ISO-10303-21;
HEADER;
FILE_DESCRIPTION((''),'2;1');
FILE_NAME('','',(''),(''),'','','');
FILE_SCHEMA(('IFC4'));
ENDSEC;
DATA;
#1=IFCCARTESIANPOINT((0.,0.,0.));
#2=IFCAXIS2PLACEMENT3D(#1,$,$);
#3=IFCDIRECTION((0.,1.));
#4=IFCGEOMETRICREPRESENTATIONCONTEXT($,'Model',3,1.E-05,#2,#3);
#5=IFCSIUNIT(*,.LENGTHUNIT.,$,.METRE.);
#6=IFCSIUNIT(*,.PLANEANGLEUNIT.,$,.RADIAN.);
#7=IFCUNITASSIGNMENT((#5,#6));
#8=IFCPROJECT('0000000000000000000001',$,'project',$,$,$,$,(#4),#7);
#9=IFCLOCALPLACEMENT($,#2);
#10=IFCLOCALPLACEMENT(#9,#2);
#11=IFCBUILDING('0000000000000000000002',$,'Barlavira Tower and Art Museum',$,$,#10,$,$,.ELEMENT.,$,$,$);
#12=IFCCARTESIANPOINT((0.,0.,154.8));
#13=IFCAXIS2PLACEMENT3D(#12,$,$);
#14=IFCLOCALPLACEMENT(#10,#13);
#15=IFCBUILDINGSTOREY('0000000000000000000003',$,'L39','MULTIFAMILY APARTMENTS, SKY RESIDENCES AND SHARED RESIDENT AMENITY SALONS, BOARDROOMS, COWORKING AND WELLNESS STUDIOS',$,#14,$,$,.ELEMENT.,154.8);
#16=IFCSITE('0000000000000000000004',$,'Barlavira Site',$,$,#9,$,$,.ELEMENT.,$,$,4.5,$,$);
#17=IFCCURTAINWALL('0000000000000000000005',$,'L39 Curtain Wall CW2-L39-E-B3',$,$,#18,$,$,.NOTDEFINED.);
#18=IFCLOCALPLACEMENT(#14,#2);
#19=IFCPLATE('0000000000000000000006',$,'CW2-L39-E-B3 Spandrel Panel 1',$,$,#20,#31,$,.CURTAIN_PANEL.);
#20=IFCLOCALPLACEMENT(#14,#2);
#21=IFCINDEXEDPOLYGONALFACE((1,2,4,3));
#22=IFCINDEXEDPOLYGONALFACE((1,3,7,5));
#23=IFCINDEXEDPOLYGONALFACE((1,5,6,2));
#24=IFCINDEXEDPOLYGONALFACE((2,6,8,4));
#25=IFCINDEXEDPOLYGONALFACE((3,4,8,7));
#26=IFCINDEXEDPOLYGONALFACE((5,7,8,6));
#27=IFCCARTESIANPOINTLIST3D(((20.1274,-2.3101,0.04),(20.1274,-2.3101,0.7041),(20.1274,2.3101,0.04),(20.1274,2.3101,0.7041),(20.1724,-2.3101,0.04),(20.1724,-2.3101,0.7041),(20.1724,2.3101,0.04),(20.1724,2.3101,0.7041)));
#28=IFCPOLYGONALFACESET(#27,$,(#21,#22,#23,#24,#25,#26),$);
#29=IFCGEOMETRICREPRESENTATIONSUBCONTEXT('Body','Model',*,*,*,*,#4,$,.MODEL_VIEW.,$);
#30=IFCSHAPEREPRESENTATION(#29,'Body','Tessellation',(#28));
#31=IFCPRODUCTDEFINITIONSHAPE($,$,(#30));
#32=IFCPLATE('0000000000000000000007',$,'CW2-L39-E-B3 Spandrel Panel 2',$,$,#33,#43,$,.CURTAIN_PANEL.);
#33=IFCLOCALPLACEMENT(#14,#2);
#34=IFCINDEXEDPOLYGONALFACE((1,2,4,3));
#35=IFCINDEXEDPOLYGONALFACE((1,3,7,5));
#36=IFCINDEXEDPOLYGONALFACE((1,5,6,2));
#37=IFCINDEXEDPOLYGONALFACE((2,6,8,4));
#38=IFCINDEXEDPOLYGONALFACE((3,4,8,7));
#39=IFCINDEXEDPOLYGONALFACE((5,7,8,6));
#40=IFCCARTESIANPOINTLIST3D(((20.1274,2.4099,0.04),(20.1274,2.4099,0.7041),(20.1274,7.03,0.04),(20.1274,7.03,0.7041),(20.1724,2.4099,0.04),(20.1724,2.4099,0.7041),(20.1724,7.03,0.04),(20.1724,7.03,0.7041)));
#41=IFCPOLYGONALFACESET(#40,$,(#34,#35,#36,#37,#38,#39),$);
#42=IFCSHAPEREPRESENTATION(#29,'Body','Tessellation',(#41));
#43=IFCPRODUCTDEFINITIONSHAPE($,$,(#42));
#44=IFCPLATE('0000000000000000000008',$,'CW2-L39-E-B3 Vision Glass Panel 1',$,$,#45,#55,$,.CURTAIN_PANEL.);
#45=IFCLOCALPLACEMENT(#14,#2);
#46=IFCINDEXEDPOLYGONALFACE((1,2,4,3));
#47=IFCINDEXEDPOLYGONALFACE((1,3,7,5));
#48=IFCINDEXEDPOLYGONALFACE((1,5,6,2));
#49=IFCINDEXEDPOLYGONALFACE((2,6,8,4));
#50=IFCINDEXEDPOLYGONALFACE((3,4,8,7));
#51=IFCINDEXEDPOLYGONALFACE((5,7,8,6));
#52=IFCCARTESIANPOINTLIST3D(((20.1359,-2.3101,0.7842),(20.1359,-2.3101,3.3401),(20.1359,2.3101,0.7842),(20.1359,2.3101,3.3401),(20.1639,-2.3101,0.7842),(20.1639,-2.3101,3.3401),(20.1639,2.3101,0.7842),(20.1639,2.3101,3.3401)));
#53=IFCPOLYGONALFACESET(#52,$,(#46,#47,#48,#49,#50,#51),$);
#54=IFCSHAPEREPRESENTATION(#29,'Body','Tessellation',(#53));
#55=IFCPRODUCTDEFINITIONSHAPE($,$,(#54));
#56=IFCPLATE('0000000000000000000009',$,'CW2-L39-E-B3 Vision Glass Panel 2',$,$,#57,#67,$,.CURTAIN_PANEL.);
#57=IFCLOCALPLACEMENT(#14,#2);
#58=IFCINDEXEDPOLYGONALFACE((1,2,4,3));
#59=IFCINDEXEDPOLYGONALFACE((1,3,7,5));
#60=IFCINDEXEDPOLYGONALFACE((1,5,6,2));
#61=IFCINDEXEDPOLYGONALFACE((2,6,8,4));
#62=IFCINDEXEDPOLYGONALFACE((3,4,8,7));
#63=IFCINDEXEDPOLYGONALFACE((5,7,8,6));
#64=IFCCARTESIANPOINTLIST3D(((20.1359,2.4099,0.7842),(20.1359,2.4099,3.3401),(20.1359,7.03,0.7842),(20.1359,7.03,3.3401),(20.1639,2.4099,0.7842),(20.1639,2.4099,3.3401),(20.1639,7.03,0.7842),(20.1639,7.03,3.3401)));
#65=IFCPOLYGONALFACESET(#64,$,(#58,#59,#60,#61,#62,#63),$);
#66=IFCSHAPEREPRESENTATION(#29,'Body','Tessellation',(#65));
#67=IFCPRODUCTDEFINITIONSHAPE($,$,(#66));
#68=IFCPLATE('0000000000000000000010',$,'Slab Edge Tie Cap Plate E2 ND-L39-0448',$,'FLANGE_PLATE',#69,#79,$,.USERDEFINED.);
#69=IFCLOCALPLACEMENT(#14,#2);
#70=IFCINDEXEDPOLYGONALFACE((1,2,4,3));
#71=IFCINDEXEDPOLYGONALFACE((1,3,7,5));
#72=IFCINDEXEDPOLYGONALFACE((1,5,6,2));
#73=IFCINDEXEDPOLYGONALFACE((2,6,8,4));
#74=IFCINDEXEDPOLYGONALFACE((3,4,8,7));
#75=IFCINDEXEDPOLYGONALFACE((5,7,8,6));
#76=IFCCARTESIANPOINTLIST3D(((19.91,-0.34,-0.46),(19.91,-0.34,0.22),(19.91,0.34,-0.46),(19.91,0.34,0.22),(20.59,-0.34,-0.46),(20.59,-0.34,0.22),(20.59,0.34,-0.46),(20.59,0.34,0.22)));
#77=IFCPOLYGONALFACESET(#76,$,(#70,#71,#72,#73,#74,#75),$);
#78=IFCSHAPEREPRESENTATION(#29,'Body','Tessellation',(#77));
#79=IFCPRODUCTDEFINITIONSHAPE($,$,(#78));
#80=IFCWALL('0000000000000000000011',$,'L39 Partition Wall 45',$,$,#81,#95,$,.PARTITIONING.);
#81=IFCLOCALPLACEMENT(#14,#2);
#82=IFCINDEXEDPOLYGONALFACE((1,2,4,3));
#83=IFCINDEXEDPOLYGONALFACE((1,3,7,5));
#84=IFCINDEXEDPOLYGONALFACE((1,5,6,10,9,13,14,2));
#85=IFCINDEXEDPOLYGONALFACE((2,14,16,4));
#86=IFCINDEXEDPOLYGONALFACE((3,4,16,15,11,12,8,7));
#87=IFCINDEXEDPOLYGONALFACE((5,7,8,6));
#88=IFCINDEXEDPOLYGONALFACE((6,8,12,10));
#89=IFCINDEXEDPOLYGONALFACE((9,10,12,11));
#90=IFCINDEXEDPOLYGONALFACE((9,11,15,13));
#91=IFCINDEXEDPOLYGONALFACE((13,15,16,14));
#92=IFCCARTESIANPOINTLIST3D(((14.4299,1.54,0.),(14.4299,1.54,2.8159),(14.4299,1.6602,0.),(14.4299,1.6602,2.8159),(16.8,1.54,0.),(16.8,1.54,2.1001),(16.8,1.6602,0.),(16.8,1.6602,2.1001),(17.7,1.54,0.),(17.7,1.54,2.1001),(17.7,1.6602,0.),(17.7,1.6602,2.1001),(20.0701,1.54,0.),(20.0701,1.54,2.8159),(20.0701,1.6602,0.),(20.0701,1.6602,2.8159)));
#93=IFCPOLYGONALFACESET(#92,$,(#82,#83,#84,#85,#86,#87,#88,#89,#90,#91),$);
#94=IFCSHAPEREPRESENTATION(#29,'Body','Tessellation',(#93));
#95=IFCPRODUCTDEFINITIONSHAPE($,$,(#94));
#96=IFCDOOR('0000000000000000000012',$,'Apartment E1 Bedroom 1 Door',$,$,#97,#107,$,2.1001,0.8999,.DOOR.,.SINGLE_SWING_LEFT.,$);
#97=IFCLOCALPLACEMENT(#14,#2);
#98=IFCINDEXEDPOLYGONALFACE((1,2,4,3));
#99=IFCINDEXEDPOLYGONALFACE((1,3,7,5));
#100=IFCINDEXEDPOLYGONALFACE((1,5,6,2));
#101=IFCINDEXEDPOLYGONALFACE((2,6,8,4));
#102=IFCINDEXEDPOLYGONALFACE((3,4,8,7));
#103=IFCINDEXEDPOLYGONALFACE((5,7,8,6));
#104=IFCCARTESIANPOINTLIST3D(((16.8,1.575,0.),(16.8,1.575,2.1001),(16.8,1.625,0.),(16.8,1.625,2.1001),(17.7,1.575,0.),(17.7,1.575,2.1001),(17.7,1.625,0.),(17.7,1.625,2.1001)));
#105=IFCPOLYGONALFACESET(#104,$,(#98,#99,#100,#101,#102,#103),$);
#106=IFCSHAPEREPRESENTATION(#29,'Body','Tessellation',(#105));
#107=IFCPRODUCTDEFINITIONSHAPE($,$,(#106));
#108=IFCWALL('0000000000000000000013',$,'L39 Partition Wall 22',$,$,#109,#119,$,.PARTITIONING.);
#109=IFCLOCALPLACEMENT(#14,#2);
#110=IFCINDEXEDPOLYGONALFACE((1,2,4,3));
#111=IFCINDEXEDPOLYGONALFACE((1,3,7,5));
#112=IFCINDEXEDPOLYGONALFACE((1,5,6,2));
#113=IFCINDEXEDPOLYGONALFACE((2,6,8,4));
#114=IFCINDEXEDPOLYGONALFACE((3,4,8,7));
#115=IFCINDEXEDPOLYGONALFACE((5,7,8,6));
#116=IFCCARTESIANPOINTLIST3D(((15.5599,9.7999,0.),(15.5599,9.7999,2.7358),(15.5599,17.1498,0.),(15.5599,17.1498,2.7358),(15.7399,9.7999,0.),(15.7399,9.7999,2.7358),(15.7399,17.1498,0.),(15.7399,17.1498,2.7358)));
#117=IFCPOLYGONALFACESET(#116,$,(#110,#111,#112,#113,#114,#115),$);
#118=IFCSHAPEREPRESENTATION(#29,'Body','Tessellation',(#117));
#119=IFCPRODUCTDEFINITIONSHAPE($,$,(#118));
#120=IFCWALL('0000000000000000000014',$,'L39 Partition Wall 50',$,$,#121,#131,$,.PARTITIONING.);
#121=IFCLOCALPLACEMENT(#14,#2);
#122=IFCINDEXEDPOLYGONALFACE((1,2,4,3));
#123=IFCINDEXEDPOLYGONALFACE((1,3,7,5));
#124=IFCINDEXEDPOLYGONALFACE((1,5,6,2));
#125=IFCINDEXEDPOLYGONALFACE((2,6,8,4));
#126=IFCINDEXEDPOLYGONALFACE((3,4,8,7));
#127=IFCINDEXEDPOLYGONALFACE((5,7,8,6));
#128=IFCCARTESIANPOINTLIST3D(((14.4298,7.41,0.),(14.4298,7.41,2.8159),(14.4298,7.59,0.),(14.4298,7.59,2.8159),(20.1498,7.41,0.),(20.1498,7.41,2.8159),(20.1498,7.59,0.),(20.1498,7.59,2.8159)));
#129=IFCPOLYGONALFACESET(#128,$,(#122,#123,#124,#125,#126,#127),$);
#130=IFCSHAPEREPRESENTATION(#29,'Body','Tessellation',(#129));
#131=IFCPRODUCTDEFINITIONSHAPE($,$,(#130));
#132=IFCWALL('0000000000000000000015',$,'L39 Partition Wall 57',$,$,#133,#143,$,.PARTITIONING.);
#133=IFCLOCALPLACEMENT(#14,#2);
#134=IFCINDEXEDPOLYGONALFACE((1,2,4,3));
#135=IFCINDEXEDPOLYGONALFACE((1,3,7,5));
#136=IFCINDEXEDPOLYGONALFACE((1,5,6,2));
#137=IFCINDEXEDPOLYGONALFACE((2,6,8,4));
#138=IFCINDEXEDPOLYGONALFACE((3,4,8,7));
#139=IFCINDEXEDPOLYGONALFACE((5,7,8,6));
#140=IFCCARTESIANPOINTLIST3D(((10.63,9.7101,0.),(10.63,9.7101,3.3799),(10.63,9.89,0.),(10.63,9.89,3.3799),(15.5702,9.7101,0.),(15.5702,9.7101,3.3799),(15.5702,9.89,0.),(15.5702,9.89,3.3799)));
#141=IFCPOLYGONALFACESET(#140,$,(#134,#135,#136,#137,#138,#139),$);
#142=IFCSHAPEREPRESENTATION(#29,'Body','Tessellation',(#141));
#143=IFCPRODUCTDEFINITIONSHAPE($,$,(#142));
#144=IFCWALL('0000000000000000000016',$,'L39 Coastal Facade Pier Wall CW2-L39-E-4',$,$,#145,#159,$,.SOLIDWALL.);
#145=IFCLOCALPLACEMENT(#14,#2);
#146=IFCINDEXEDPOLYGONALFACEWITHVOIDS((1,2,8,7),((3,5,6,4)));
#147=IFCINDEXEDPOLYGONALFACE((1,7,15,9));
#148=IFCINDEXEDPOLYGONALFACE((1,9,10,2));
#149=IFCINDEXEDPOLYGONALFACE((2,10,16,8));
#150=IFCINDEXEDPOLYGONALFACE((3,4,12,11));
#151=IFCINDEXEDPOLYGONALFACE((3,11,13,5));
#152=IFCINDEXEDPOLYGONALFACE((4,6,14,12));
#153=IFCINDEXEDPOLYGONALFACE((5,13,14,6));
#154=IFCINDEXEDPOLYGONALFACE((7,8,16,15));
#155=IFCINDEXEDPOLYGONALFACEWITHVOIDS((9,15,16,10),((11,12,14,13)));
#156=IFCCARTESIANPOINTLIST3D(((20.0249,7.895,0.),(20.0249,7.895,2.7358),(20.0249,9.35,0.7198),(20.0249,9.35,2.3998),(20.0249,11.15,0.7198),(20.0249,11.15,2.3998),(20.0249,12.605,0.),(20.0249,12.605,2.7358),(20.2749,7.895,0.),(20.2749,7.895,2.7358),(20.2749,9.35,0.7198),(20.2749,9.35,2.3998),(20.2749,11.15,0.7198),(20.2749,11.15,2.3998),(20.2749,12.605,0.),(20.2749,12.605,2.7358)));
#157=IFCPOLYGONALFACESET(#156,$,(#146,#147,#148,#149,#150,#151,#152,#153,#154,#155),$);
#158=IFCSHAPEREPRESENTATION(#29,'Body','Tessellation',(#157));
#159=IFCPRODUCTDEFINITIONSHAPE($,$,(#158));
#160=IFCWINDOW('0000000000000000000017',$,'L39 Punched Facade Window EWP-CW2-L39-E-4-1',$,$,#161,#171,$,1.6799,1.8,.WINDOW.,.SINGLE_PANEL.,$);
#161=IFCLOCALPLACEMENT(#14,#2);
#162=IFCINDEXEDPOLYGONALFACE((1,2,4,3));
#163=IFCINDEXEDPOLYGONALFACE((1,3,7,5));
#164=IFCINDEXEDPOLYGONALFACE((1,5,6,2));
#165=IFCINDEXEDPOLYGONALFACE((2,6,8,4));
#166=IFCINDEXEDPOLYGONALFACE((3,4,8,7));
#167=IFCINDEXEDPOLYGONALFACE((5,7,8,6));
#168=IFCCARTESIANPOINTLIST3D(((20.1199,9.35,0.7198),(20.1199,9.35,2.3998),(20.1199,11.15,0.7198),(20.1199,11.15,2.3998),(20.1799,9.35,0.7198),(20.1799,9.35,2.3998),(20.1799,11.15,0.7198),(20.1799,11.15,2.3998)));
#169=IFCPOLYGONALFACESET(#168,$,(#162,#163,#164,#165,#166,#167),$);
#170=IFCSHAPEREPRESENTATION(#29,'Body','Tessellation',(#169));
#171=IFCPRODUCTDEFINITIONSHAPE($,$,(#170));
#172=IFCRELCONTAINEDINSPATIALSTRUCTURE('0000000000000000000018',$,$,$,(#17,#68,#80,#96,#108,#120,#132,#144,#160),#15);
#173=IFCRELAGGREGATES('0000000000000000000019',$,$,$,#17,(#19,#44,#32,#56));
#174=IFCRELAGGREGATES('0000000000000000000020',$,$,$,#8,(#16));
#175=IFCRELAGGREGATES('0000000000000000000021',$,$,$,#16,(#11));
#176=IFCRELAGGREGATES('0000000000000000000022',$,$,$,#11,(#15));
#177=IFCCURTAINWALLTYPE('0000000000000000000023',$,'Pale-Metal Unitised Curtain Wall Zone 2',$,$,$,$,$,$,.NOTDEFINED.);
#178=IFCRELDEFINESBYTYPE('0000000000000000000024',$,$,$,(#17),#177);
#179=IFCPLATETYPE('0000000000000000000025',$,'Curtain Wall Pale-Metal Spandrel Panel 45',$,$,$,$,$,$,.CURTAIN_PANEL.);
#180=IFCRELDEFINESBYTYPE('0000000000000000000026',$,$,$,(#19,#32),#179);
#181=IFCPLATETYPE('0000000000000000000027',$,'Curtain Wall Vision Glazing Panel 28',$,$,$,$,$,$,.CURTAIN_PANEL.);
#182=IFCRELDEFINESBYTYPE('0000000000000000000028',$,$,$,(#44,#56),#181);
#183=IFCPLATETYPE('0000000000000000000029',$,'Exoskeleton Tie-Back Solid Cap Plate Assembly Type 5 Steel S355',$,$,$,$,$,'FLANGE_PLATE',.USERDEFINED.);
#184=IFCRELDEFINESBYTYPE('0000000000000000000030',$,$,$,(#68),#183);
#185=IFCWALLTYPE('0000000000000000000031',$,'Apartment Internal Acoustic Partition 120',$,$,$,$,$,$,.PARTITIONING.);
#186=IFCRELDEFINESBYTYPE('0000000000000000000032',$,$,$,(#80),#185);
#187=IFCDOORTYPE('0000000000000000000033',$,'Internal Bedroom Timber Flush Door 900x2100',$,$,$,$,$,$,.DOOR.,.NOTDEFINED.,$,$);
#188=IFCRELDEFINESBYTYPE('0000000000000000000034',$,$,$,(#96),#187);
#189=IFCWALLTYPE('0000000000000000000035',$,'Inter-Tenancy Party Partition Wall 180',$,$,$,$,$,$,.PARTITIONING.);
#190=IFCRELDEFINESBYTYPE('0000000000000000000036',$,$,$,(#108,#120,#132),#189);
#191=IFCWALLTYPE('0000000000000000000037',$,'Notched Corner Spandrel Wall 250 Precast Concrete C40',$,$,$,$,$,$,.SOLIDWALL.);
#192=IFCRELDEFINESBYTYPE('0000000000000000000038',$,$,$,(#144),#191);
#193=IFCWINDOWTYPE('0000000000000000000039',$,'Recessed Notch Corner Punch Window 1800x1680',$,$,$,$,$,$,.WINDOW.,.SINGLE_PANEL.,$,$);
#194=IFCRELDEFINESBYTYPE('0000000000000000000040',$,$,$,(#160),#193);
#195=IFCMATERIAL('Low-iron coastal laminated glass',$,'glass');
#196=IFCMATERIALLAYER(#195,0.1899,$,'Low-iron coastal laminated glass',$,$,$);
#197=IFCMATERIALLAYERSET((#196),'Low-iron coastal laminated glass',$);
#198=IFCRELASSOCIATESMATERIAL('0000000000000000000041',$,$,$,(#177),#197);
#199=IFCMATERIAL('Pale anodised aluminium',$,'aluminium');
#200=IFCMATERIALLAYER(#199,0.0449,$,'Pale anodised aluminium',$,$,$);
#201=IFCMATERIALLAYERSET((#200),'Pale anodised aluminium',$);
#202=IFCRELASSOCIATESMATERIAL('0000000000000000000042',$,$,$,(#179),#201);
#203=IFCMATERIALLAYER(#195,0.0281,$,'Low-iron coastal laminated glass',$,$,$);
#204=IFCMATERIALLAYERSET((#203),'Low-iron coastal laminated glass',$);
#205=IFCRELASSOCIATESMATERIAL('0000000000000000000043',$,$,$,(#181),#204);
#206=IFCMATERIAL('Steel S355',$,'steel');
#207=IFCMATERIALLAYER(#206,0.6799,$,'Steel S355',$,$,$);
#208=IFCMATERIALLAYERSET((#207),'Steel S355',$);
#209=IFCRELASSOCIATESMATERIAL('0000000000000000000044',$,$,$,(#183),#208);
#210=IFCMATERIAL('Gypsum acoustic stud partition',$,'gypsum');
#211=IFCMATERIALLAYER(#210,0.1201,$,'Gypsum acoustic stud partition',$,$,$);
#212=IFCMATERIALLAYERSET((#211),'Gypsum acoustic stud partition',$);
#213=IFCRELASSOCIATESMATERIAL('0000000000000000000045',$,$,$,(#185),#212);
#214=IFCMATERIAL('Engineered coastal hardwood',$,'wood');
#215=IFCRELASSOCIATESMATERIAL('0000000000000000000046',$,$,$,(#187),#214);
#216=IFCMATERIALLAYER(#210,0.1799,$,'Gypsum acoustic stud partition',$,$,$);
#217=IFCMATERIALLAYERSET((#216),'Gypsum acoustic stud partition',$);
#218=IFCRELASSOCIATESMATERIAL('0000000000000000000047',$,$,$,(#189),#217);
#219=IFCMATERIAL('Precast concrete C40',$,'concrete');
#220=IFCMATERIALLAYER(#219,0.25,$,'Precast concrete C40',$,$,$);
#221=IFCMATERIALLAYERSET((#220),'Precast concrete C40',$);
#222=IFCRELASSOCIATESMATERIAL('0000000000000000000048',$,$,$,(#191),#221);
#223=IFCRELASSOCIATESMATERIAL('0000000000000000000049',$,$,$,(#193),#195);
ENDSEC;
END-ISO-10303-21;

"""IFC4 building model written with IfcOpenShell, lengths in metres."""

from ifc_helpers import new_model, si_unit, direction, frame, frame_2d, origin, origin_2d, place, context, subcontext, project, spatial, rectangle, extrude, material, layer, layer_set, type_object, element, fill, aggregate, save


model = new_model("IFC4")

# Units and contexts
model_context = context("Model", 3, precision=1e-05, world=origin(), true_north=direction((0.0, 1.0)))
body_context = subcontext(model_context, "Body", "Model", "MODEL_VIEW")
ifc_project = project(units=[si_unit("LENGTHUNIT", "METRE"), si_unit("PLANEANGLEUNIT", "RADIAN")], contexts=[model_context])

# Site, building, storey
site_placement = place(None, origin())
site = spatial("IfcSite", under=ifc_project, at=site_placement, Name="Barlavira Site", CompositionType="ELEMENT", RefElevation=4.5)
building_placement = place(site_placement, origin())
building = spatial("IfcBuilding", under=site, at=building_placement, Name="Barlavira Tower and Art Museum", CompositionType="ELEMENT")
storey_placement = place(building_placement, frame((0.0, 0.0, 154.8)))
storey = spatial("IfcBuildingStorey", under=building, at=storey_placement, Name="L39", Description="MULTIFAMILY APARTMENTS, SKY RESIDENCES AND SHARED RESIDENT AMENITY SALONS, BOARDROOMS, COWORKING AND WELLNESS STUDIOS", CompositionType="ELEMENT", Elevation=154.8)

# Curtain wall
ifc_material_1 = material(Name="Low-iron coastal laminated glass", Category="glass")
ifc_layer_1 = layer(ifc_material_1, 0.1899, Name="Low-iron coastal laminated glass")
ifc_layer_set_1 = layer_set([ifc_layer_1], Name="Low-iron coastal laminated glass")
curtain_wall_type = type_object("IfcCurtainWallType", Name="Pale-Metal Unitised Curtain Wall Zone 2", PredefinedType="NOTDEFINED", material=ifc_layer_set_1)
curtain_wall_placement = place(storey_placement, origin())
curtain_wall = element("IfcCurtainWall", 1, at=curtain_wall_placement, inside=storey, type_object=curtain_wall_type, Name="L39 Curtain Wall CW2-L39-E-B3", PredefinedType="NOTDEFINED")
ifc_material_2 = material(Name="Pale anodised aluminium", Category="aluminium")

# Shared definitions
ifc_material_3 = material(Name="Steel S355", Category="steel")

# Plates
ifc_layer_2 = layer(ifc_material_2, 0.0449, Name="Pale anodised aluminium")
ifc_layer_set_2 = layer_set([ifc_layer_2], Name="Pale anodised aluminium")
plate_type_1 = type_object("IfcPlateType", Name="Curtain Wall Pale-Metal Spandrel Panel 45", PredefinedType="CURTAIN_PANEL", material=ifc_layer_set_2)
plate_1_placement = place(storey_placement, frame((20.1499, 0.0, 0.04), z_axis=(0.0, 0.0, 1.0), x_axis=(0.0, 1.0, 0.0)))
plate_1 = element("IfcPlate", 2, at=plate_1_placement, type_object=plate_type_1, Name="CW2-L39-E-B3 Spandrel Panel 1", PredefinedType="CURTAIN_PANEL", context=body_context, shape_type="SweptSolid", body=[
    extrude(rectangle(XDim=4.6201, YDim=0.0449, at=origin_2d()), origin(), (0.0, 0.0, 1.0), 0.6641),
])
plate_2_placement = place(storey_placement, frame((20.1499, 4.72, 0.04), z_axis=(0.0, 0.0, 1.0), x_axis=(0.0, 1.0, 0.0)))
plate_2 = element("IfcPlate", 3, at=plate_2_placement, type_object=plate_type_1, Name="CW2-L39-E-B3 Spandrel Panel 2", PredefinedType="CURTAIN_PANEL", context=body_context, shape_type="SweptSolid", body=[
    extrude(rectangle(XDim=4.6201, YDim=0.0449, at=origin_2d()), origin(), (0.0, 0.0, 1.0), 0.6641),
])
ifc_layer_3 = layer(ifc_material_1, 0.0281, Name="Low-iron coastal laminated glass")
ifc_layer_set_3 = layer_set([ifc_layer_3], Name="Low-iron coastal laminated glass")
plate_type_2 = type_object("IfcPlateType", Name="Curtain Wall Vision Glazing Panel 28", PredefinedType="CURTAIN_PANEL", material=ifc_layer_set_3)
plate_3_placement = place(storey_placement, frame((20.1499, 0.0, 0.7842), z_axis=(0.0, 0.0, 1.0), x_axis=(0.0, 1.0, 0.0)))
plate_3 = element("IfcPlate", 4, at=plate_3_placement, type_object=plate_type_2, Name="CW2-L39-E-B3 Vision Glass Panel 1", PredefinedType="CURTAIN_PANEL", context=body_context, shape_type="SweptSolid", body=[
    extrude(rectangle(XDim=4.6201, YDim=0.0281, at=origin_2d()), origin(), (0.0, 0.0, 1.0), 2.5559),
])
plate_4_placement = place(storey_placement, frame((20.1499, 4.72, 0.7842), z_axis=(0.0, 0.0, 1.0), x_axis=(0.0, 1.0, 0.0)))
plate_4 = element("IfcPlate", 5, at=plate_4_placement, type_object=plate_type_2, Name="CW2-L39-E-B3 Vision Glass Panel 2", PredefinedType="CURTAIN_PANEL", context=body_context, shape_type="SweptSolid", body=[
    extrude(rectangle(XDim=4.6201, YDim=0.0281, at=origin_2d()), origin(), (0.0, 0.0, 1.0), 2.5559),
])
aggregate(curtain_wall, [plate_1, plate_3, plate_2, plate_4])
ifc_layer_4 = layer(ifc_material_3, 0.6799, Name="Steel S355")
ifc_layer_set_4 = layer_set([ifc_layer_4], Name="Steel S355")
plate_type_3 = type_object("IfcPlateType", Name="Exoskeleton Tie-Back Solid Cap Plate Assembly Type 5 Steel S355", ElementType="FLANGE_PLATE", PredefinedType="USERDEFINED", material=ifc_layer_set_4)
plate_5_placement = place(storey_placement, frame((20.25, 0.0, -0.46), z_axis=(0.0, 0.0, 1.0), x_axis=(1.0, 0.0, 0.0)))
element("IfcPlate", 6, at=plate_5_placement, inside=storey, type_object=plate_type_3, Name="Slab Edge Tie Cap Plate E2 ND-L39-0448", ObjectType="FLANGE_PLATE", PredefinedType="USERDEFINED", context=body_context, shape_type="SweptSolid", body=[
    extrude(rectangle(XDim=0.6799, YDim=0.6799, at=origin_2d()), origin(), (0.0, 0.0, 1.0), 0.6799),
])

# Wall, opening, door
ifc_material_4 = material(Name="Gypsum acoustic stud partition", Category="gypsum")
ifc_layer_5 = layer(ifc_material_4, 0.1201, Name="Gypsum acoustic stud partition")
ifc_layer_set_5 = layer_set([ifc_layer_5], Name="Gypsum acoustic stud partition")
wall_type_1 = type_object("IfcWallType", Name="Apartment Internal Acoustic Partition 120", PredefinedType="PARTITIONING", material=ifc_layer_set_5)
wall_1_placement = place(storey_placement, frame((14.4299, 1.6001, 0.0), z_axis=(0.0, 0.0, 1.0), x_axis=(1.0, 0.0, 0.0)))
wall_1 = element("IfcWall", 7, at=wall_1_placement, inside=storey, type_object=wall_type_1, Name="L39 Partition Wall 45", PredefinedType="PARTITIONING", context=body_context, shape_type="SweptSolid", body=[
    extrude(rectangle(XDim=5.6401, YDim=0.1201, at=frame_2d((2.8201, 0.0))), origin(), (0.0, 0.0, 1.0), 2.8159),
])
opening_1_placement = place(wall_1_placement, frame((2.3701, 0.0, 0.0)))
opening_1 = element("IfcOpeningElement", 8, at=opening_1_placement, cuts=wall_1, PredefinedType="OPENING", context=body_context, shape_type="SweptSolid", body=[
    extrude(rectangle(XDim=0.8999, YDim=2.1001, at=frame_2d((0.45, 1.05))), frame((0.0, 0.0701, 0.0), z_axis=(0.0, -1.0, 0.0), x_axis=(1.0, 0.0, 0.0)), (0.0, 0.0, 1.0), 0.1401),
])
ifc_material_5 = material(Name="Engineered coastal hardwood", Category="wood")
door_type = type_object("IfcDoorType", Name="Internal Bedroom Timber Flush Door 900x2100", OperationType="NOTDEFINED", PredefinedType="DOOR", material=ifc_material_5)
door_placement = place(opening_1_placement, origin())
door = element("IfcDoor", 9, at=door_placement, inside=storey, type_object=door_type, Name="Apartment E1 Bedroom 1 Door", OperationType="SINGLE_SWING_LEFT", OverallHeight=2.1001, OverallWidth=0.8999, PredefinedType="DOOR", context=body_context, shape_type="SweptSolid", body=[
    extrude(rectangle(XDim=0.8999, YDim=2.1001, at=frame_2d((0.45, 1.05))), frame((0.0, 0.0249, 0.0), z_axis=(0.0, -1.0, 0.0), x_axis=(1.0, 0.0, 0.0)), (0.0, 0.0, 1.0), 0.05),
])
fill(opening_1, door)

# Walls
ifc_layer_6 = layer(ifc_material_4, 0.1799, Name="Gypsum acoustic stud partition")
ifc_layer_set_6 = layer_set([ifc_layer_6], Name="Gypsum acoustic stud partition")
wall_type_2 = type_object("IfcWallType", Name="Inter-Tenancy Party Partition Wall 180", PredefinedType="PARTITIONING", material=ifc_layer_set_6)
wall_2_placement = place(storey_placement, frame((15.6499, 9.8, 0.0), z_axis=(0.0, 0.0, 1.0), x_axis=(0.0, 1.0, 0.0)))
element("IfcWall", 10, at=wall_2_placement, inside=storey, type_object=wall_type_2, Name="L39 Partition Wall 22", PredefinedType="PARTITIONING", context=body_context, shape_type="SweptSolid", body=[
    extrude(rectangle(XDim=7.3499, YDim=0.1799, at=frame_2d((3.6748, 0.0))), origin(), (0.0, 0.0, 1.0), 2.7358),
])
wall_3_placement = place(storey_placement, frame((14.4299, 7.5, 0.0), z_axis=(0.0, 0.0, 1.0), x_axis=(1.0, 0.0, 0.0)))
element("IfcWall", 11, at=wall_3_placement, inside=storey, type_object=wall_type_2, Name="L39 Partition Wall 50", PredefinedType="PARTITIONING", context=body_context, shape_type="SweptSolid", body=[
    extrude(rectangle(XDim=5.72, YDim=0.1799, at=frame_2d((2.8599, 0.0))), origin(), (0.0, 0.0, 1.0), 2.8159),
])
wall_4_placement = place(storey_placement, frame((10.6299, 9.8, 0.0), z_axis=(0.0, 0.0, 1.0), x_axis=(1.0, 0.0, 0.0)))
element("IfcWall", 12, at=wall_4_placement, inside=storey, type_object=wall_type_2, Name="L39 Partition Wall 57", PredefinedType="PARTITIONING", context=body_context, shape_type="SweptSolid", body=[
    extrude(rectangle(XDim=4.9402, YDim=0.1799, at=frame_2d((2.4702, 0.0))), origin(), (0.0, 0.0, 1.0), 3.3799),
])

# Wall, opening, window
ifc_material_6 = material(Name="Precast concrete C40", Category="concrete")
ifc_layer_7 = layer(ifc_material_6, 0.25, Name="Precast concrete C40")
ifc_layer_set_7 = layer_set([ifc_layer_7], Name="Precast concrete C40")
wall_type_3 = type_object("IfcWallType", Name="Notched Corner Spandrel Wall 250 Precast Concrete C40", PredefinedType="SOLIDWALL", material=ifc_layer_set_7)
wall_5_placement = place(storey_placement, frame((20.1499, 7.895, 0.0), z_axis=(0.0, 0.0, 1.0), x_axis=(0.0, 1.0, 0.0)))
wall_5 = element("IfcWall", 13, at=wall_5_placement, inside=storey, type_object=wall_type_3, Name="L39 Coastal Facade Pier Wall CW2-L39-E-4", PredefinedType="SOLIDWALL", context=body_context, shape_type="SweptSolid", body=[
    extrude(rectangle(XDim=4.71, YDim=0.25, at=frame_2d((2.355, 0.0))), origin(), (0.0, 0.0, 1.0), 2.7358),
])
opening_2_placement = place(wall_5_placement, frame((1.4551, 0.0, 0.72)))
opening_2 = element("IfcOpeningElement", 14, at=opening_2_placement, cuts=wall_5, PredefinedType="OPENING", context=body_context, shape_type="SweptSolid", body=[
    extrude(rectangle(XDim=1.8, YDim=1.6799, at=frame_2d((0.8999, 0.8398))), frame((0.0, 0.135, 0.0), z_axis=(0.0, -1.0, 0.0), x_axis=(1.0, 0.0, 0.0)), (0.0, 0.0, 1.0), 0.27),
])
window_type = type_object("IfcWindowType", Name="Recessed Notch Corner Punch Window 1800x1680", PartitioningType="SINGLE_PANEL", PredefinedType="WINDOW", material=ifc_material_1)
window_placement = place(opening_2_placement, origin())
window = element("IfcWindow", 15, at=window_placement, inside=storey, type_object=window_type, Name="L39 Punched Facade Window EWP-CW2-L39-E-4-1", OverallHeight=1.6799, OverallWidth=1.8, PartitioningType="SINGLE_PANEL", PredefinedType="WINDOW", context=body_context, shape_type="SweptSolid", body=[
    extrude(rectangle(XDim=1.8, YDim=1.6799, at=frame_2d((0.8999, 0.8398))), frame((0.0, 0.03, 0.0), z_axis=(0.0, -1.0, 0.0), x_axis=(1.0, 0.0, 0.0)), (0.0, 0.0, 1.0), 0.0601),
])
fill(opening_2, window)

save(model, "model.ifc")
